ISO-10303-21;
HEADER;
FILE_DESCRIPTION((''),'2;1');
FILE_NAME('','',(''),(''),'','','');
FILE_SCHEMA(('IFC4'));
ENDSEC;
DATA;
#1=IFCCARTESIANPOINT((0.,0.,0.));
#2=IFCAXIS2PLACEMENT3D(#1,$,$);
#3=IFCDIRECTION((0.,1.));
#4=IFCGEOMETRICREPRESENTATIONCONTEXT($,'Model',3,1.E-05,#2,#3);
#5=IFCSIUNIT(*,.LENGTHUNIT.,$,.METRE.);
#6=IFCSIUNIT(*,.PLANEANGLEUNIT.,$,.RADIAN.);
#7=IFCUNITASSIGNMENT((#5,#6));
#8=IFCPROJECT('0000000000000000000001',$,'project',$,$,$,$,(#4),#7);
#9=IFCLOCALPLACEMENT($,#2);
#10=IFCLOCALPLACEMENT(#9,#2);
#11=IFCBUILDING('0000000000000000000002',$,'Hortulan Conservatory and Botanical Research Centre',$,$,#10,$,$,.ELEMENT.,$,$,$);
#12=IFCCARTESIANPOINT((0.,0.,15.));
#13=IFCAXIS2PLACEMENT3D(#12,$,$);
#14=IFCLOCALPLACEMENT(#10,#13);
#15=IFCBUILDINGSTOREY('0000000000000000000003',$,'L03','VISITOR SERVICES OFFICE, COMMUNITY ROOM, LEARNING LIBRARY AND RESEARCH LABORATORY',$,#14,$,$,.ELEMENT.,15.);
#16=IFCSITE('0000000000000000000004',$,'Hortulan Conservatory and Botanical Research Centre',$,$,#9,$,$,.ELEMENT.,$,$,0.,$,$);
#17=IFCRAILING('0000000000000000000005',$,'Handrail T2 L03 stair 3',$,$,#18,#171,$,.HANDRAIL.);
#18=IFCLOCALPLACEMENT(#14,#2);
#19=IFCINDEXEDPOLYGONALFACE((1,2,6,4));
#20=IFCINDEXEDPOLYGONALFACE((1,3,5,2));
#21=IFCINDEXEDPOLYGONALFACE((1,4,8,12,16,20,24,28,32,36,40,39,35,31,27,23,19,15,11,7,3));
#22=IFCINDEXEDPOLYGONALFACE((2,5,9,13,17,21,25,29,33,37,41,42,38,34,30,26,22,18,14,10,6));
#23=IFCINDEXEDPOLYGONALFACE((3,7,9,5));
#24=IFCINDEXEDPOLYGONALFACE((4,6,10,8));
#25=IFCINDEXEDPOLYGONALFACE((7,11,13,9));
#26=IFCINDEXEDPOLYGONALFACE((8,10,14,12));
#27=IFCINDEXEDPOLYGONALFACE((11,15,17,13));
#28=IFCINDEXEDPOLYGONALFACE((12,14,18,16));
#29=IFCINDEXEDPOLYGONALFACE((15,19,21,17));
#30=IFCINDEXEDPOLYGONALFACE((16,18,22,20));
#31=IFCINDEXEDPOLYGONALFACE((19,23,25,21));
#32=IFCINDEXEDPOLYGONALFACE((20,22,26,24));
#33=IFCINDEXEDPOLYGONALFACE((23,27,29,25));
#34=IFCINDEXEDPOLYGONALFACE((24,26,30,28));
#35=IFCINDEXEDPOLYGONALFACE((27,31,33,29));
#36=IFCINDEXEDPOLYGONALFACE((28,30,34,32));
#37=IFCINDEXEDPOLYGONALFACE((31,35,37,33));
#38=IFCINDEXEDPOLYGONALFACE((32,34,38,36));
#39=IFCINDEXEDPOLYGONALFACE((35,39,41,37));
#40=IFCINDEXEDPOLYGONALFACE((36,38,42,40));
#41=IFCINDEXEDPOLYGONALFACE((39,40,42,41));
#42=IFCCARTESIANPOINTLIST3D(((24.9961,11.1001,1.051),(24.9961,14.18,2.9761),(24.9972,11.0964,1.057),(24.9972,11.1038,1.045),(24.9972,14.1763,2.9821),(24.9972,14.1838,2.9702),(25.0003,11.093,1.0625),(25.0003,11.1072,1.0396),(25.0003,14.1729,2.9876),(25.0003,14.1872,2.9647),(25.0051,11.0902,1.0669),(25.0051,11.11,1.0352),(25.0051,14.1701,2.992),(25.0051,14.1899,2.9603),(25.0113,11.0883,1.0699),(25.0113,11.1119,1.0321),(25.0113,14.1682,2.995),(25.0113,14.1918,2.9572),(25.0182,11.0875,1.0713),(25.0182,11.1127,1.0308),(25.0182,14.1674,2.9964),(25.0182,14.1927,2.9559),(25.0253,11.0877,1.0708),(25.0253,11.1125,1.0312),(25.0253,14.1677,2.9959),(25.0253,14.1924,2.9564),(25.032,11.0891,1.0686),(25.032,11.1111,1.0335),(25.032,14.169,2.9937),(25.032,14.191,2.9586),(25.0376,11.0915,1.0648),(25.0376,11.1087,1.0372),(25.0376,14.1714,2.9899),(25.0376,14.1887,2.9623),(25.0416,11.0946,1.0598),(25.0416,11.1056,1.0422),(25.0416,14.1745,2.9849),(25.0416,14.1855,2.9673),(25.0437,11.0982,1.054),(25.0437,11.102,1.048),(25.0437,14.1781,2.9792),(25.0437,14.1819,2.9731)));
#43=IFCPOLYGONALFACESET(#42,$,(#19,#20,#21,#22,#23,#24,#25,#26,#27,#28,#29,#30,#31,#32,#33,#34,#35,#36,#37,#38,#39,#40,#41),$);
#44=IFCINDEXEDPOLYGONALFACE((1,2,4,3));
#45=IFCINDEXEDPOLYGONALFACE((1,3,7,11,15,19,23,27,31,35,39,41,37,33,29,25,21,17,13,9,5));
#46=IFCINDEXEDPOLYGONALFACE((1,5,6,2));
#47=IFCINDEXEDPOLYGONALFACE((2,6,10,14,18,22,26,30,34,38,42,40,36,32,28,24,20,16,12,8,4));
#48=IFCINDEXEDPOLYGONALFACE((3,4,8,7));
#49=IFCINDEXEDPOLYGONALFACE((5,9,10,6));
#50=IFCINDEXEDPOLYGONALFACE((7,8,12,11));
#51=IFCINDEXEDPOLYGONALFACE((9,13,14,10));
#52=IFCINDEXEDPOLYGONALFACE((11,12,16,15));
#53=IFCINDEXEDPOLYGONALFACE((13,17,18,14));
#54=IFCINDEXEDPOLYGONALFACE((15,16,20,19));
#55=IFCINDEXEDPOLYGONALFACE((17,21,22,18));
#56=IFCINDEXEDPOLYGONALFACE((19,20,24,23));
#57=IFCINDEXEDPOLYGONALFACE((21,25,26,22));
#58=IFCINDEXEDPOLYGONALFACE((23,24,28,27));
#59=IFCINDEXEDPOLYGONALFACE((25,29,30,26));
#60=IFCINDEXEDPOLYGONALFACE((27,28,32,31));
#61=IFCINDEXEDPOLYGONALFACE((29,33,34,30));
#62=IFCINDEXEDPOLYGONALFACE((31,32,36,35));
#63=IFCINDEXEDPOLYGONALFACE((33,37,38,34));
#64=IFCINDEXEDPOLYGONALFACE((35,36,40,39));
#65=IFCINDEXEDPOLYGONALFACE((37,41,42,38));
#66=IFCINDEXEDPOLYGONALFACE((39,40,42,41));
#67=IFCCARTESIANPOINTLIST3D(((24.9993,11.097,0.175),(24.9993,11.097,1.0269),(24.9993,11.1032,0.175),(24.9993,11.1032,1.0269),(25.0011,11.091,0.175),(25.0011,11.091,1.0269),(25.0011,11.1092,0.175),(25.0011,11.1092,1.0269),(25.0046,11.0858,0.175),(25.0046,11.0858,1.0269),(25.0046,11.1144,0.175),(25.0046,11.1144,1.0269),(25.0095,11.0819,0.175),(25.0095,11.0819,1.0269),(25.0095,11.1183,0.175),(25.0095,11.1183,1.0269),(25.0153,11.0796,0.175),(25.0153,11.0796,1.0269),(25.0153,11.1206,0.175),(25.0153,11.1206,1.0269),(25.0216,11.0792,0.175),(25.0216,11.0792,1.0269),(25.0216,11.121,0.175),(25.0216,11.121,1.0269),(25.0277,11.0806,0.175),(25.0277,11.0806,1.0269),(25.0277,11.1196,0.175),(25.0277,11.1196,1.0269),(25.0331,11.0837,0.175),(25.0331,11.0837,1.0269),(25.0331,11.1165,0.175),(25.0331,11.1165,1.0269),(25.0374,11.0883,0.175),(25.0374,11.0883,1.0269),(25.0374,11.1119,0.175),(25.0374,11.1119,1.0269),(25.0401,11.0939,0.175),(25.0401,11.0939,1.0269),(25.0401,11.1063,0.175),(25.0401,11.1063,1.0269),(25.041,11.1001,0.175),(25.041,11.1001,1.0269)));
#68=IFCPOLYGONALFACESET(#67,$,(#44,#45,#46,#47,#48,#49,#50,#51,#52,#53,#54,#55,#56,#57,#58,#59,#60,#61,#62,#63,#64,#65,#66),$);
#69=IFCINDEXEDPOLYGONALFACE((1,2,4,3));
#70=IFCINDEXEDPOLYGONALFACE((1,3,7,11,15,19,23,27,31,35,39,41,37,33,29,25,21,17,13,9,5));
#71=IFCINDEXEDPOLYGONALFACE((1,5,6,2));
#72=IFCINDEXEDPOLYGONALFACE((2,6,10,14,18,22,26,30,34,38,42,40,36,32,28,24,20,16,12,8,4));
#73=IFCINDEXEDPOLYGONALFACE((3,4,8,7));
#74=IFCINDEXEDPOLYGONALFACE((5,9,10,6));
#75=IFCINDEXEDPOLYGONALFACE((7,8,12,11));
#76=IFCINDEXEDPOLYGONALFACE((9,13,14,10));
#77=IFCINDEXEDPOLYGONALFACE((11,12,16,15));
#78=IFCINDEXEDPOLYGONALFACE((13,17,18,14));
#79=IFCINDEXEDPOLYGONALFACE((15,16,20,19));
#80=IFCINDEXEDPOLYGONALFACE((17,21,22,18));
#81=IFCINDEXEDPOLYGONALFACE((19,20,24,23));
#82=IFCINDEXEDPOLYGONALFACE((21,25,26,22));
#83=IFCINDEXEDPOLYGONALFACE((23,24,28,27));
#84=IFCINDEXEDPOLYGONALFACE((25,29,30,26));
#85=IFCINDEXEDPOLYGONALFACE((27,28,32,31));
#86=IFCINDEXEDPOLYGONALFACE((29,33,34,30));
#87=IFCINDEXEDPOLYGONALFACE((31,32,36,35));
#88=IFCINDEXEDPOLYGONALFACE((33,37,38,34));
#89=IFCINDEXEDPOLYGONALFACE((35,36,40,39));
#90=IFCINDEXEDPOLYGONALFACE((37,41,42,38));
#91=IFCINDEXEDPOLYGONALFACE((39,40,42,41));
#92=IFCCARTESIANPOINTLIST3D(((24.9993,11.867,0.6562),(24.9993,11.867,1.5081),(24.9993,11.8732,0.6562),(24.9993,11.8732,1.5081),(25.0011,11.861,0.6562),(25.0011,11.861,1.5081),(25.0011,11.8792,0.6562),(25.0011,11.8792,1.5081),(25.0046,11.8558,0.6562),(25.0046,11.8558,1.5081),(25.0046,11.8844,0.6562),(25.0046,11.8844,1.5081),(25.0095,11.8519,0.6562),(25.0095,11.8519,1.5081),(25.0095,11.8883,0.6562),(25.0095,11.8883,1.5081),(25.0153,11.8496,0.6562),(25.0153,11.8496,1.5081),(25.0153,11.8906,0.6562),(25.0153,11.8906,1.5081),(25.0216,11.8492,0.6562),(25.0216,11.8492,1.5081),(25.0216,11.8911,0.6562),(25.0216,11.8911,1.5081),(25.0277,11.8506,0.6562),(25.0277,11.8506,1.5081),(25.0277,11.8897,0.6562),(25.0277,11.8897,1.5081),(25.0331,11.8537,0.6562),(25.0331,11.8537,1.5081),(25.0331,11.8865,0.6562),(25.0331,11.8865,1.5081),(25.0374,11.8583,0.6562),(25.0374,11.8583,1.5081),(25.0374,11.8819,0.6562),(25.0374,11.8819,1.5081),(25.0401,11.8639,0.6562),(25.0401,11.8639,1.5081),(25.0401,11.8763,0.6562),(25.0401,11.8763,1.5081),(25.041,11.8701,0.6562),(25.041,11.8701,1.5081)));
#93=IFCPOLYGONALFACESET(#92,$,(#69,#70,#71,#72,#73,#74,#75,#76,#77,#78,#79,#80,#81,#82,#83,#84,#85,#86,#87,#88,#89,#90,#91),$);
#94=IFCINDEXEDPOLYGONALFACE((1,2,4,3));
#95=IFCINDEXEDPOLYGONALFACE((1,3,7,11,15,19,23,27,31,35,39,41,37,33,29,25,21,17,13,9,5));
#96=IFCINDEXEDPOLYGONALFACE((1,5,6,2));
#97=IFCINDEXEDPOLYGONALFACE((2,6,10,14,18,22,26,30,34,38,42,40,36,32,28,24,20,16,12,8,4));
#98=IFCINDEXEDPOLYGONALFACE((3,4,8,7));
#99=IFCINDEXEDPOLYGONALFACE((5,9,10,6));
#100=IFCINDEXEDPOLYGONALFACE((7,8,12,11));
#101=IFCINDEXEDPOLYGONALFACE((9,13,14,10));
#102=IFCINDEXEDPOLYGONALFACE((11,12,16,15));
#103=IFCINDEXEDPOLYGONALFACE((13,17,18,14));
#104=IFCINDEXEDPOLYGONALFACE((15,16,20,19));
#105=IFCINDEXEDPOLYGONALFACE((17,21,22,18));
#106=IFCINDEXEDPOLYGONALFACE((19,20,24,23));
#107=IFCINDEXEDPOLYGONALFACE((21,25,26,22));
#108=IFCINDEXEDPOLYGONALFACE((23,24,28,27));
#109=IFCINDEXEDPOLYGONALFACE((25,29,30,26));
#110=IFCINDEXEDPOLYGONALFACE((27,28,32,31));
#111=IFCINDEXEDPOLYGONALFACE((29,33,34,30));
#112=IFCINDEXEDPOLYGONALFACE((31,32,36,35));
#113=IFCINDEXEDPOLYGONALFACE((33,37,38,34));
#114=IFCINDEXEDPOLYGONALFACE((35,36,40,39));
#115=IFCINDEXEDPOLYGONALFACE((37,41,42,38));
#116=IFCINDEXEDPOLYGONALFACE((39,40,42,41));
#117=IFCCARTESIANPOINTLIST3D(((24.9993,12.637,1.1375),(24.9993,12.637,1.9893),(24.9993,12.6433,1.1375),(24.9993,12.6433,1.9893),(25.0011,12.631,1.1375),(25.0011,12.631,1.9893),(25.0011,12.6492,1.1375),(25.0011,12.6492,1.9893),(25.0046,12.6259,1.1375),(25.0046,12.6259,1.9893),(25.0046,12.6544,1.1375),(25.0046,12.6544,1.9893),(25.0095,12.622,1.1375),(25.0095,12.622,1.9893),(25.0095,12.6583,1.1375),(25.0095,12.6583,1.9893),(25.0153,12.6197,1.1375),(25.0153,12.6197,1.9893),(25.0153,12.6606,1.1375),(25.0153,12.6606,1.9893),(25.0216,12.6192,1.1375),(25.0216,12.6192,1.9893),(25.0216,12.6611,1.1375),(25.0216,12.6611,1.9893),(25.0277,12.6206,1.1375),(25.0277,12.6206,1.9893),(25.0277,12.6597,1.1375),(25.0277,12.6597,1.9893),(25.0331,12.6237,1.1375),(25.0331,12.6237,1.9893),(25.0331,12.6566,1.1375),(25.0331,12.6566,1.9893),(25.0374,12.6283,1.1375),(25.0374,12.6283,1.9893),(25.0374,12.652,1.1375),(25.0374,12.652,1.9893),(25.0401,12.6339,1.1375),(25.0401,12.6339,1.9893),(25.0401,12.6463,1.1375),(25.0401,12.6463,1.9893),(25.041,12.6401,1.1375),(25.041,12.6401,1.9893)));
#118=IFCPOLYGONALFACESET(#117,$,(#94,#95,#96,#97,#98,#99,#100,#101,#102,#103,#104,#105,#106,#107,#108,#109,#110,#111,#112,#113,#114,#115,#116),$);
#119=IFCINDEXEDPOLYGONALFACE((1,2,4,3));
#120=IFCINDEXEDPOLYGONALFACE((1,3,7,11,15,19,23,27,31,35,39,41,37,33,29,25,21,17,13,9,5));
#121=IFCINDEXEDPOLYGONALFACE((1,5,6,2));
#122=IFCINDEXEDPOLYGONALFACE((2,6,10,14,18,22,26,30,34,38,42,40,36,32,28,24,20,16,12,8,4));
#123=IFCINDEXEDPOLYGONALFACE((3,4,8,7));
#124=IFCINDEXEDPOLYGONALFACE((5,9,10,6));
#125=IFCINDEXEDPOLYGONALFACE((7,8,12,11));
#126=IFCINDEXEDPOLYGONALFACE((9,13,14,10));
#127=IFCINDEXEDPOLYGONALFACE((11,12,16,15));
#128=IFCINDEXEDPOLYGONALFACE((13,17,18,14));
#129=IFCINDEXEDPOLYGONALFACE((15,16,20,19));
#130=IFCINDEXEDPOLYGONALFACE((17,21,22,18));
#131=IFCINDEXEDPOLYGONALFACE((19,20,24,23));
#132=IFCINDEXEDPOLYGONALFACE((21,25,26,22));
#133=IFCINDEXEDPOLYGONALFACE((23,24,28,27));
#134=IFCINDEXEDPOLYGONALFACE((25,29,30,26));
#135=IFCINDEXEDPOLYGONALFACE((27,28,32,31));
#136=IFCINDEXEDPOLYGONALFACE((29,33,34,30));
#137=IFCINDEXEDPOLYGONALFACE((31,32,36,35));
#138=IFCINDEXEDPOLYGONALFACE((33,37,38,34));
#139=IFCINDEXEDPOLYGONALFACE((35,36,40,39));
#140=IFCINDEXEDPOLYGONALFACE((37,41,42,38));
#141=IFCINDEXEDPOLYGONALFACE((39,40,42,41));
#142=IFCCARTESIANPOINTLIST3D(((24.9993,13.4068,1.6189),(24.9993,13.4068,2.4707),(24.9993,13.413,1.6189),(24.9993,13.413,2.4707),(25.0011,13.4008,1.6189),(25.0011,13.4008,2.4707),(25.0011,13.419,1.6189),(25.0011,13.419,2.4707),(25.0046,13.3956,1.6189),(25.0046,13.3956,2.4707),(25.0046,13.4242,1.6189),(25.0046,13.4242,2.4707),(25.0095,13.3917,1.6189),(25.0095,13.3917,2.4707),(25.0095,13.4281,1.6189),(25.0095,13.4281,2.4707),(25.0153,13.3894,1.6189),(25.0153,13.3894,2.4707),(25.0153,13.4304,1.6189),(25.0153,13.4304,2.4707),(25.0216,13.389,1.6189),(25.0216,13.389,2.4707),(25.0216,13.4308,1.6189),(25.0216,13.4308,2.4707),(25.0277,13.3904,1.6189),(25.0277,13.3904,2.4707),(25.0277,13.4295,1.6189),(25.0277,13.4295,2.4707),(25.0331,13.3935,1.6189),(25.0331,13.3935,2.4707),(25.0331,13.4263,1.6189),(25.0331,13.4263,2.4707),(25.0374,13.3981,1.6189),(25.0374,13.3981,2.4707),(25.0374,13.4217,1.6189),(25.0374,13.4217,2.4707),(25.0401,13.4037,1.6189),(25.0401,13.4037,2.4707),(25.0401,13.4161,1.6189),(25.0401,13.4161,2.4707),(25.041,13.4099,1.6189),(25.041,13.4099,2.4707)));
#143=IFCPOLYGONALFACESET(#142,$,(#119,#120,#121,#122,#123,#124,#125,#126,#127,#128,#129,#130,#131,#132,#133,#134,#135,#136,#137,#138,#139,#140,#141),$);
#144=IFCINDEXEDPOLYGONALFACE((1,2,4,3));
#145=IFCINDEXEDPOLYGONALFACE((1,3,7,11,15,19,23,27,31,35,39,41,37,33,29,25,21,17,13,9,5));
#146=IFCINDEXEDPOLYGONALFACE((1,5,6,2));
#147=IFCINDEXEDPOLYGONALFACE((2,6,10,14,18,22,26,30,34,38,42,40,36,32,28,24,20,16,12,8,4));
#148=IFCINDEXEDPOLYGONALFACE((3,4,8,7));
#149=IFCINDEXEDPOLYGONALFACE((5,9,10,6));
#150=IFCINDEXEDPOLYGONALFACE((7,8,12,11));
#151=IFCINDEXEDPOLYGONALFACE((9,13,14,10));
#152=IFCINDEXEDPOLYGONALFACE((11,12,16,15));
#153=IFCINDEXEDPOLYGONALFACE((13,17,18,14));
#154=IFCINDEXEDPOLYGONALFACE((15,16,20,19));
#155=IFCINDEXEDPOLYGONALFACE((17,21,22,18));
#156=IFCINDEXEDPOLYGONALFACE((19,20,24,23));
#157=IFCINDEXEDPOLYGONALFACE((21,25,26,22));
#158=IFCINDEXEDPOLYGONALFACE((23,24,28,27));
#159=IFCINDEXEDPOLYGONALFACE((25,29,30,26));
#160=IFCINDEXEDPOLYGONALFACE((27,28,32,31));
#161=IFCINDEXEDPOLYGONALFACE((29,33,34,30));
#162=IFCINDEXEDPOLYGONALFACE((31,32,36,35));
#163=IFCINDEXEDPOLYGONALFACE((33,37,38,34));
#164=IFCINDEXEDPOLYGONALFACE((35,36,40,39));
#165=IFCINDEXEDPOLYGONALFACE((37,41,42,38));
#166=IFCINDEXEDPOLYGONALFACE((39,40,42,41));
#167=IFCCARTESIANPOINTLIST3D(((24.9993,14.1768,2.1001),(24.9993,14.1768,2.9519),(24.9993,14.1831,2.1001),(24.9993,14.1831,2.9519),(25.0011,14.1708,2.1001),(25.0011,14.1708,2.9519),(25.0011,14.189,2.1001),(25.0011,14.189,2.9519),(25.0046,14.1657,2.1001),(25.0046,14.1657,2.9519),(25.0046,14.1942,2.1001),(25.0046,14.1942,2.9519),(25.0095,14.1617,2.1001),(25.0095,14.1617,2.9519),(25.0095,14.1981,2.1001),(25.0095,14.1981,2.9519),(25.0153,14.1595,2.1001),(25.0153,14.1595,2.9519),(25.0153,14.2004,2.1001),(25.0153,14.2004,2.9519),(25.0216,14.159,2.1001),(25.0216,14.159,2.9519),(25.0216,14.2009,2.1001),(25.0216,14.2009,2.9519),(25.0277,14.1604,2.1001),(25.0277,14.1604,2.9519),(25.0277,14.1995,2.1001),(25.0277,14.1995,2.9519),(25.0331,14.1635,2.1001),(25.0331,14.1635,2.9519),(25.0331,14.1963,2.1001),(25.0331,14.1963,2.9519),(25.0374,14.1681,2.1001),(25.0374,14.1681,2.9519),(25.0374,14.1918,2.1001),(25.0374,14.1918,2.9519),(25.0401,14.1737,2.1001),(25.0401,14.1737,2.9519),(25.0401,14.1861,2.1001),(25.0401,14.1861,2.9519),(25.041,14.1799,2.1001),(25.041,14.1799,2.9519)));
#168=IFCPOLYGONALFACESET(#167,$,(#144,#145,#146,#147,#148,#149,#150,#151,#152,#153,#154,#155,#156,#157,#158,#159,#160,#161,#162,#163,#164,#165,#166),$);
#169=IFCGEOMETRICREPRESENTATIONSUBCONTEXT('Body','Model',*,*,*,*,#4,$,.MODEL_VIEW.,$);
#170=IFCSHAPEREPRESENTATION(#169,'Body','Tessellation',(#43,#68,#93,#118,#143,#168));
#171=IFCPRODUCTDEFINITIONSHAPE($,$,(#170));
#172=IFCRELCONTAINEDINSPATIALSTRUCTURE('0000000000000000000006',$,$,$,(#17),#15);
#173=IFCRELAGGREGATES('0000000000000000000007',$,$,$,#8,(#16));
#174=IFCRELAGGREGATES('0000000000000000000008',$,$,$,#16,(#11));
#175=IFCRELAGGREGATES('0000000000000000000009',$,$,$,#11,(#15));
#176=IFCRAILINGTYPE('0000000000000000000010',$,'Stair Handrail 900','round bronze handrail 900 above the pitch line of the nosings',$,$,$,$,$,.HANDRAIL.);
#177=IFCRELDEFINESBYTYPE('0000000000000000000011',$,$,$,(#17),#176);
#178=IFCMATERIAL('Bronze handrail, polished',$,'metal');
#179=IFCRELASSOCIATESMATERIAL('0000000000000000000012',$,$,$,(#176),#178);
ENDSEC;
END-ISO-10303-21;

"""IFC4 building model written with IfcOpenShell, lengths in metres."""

from ifc_helpers import new_model, si_unit, direction, frame, origin, origin_2d, place, context, subcontext, project, spatial, circle, extrude, material, type_object, element, save


model = new_model("IFC4")

# Units and contexts
model_context = context("Model", 3, precision=1e-05, world=origin(), true_north=direction((0.0, 1.0)))
body_context = subcontext(model_context, "Body", "Model", "MODEL_VIEW")
ifc_project = project(units=[si_unit("LENGTHUNIT", "METRE"), si_unit("PLANEANGLEUNIT", "RADIAN")], contexts=[model_context])

# Site, building, storey
site_placement = place(None, origin())
site = spatial("IfcSite", under=ifc_project, at=site_placement, Name="Hortulan Conservatory and Botanical Research Centre", CompositionType="ELEMENT", RefElevation=0.0)
building_placement = place(site_placement, origin())
building = spatial("IfcBuilding", under=site, at=building_placement, Name="Hortulan Conservatory and Botanical Research Centre", CompositionType="ELEMENT")
storey_placement = place(building_placement, frame((0.0, 0.0, 15.0)))
storey = spatial("IfcBuildingStorey", under=building, at=storey_placement, Name="L03", Description="VISITOR SERVICES OFFICE, COMMUNITY ROOM, LEARNING LIBRARY AND RESEARCH LABORATORY", CompositionType="ELEMENT", Elevation=15.0)

# Railing
ifc_material_1 = material(Name="Bronze handrail, polished", Category="metal")
railing_type_1 = type_object("IfcRailingType", Name="Stair Handrail 900", Description="round bronze handrail 900 above the pitch line of the nosings", PredefinedType="HANDRAIL", material=ifc_material_1)
railing_1_placement = place(storey_placement, frame((25.02, 11.1001, 0.175)))
element("IfcRailing", 1, at=railing_1_placement, inside=storey, type_object=railing_type_1, Name="Handrail T2 L03 stair 3", PredefinedType="HANDRAIL", context=body_context, shape_type="SweptSolid", body=[
    extrude(circle(Radius=0.0239, at=origin_2d()), frame((0.0, 0.0, 0.876), z_axis=(0.0, 0.847979, 0.530029), x_axis=(-1.0, 0.0, 0.0)), (0.0, 0.0, 1.0), 3.6321),
    extrude(circle(Radius=0.021, at=origin_2d()), origin(), (0.0, 0.0, 1.0), 0.8518),
    extrude(circle(Radius=0.021, at=origin_2d()), frame((0.0, 0.77, 0.4812)), (0.0, 0.0, 1.0), 0.8518),
    extrude(circle(Radius=0.021, at=origin_2d()), frame((0.0, 1.54, 0.9624)), (0.0, 0.0, 1.0), 0.8518),
    extrude(circle(Radius=0.021, at=origin_2d()), frame((0.0, 2.3098, 1.4438)), (0.0, 0.0, 1.0), 0.8518),
    extrude(circle(Radius=0.021, at=origin_2d()), frame((0.0, 3.0798, 1.925)), (0.0, 0.0, 1.0), 0.8518),
])

save(model, "model.ifc")
